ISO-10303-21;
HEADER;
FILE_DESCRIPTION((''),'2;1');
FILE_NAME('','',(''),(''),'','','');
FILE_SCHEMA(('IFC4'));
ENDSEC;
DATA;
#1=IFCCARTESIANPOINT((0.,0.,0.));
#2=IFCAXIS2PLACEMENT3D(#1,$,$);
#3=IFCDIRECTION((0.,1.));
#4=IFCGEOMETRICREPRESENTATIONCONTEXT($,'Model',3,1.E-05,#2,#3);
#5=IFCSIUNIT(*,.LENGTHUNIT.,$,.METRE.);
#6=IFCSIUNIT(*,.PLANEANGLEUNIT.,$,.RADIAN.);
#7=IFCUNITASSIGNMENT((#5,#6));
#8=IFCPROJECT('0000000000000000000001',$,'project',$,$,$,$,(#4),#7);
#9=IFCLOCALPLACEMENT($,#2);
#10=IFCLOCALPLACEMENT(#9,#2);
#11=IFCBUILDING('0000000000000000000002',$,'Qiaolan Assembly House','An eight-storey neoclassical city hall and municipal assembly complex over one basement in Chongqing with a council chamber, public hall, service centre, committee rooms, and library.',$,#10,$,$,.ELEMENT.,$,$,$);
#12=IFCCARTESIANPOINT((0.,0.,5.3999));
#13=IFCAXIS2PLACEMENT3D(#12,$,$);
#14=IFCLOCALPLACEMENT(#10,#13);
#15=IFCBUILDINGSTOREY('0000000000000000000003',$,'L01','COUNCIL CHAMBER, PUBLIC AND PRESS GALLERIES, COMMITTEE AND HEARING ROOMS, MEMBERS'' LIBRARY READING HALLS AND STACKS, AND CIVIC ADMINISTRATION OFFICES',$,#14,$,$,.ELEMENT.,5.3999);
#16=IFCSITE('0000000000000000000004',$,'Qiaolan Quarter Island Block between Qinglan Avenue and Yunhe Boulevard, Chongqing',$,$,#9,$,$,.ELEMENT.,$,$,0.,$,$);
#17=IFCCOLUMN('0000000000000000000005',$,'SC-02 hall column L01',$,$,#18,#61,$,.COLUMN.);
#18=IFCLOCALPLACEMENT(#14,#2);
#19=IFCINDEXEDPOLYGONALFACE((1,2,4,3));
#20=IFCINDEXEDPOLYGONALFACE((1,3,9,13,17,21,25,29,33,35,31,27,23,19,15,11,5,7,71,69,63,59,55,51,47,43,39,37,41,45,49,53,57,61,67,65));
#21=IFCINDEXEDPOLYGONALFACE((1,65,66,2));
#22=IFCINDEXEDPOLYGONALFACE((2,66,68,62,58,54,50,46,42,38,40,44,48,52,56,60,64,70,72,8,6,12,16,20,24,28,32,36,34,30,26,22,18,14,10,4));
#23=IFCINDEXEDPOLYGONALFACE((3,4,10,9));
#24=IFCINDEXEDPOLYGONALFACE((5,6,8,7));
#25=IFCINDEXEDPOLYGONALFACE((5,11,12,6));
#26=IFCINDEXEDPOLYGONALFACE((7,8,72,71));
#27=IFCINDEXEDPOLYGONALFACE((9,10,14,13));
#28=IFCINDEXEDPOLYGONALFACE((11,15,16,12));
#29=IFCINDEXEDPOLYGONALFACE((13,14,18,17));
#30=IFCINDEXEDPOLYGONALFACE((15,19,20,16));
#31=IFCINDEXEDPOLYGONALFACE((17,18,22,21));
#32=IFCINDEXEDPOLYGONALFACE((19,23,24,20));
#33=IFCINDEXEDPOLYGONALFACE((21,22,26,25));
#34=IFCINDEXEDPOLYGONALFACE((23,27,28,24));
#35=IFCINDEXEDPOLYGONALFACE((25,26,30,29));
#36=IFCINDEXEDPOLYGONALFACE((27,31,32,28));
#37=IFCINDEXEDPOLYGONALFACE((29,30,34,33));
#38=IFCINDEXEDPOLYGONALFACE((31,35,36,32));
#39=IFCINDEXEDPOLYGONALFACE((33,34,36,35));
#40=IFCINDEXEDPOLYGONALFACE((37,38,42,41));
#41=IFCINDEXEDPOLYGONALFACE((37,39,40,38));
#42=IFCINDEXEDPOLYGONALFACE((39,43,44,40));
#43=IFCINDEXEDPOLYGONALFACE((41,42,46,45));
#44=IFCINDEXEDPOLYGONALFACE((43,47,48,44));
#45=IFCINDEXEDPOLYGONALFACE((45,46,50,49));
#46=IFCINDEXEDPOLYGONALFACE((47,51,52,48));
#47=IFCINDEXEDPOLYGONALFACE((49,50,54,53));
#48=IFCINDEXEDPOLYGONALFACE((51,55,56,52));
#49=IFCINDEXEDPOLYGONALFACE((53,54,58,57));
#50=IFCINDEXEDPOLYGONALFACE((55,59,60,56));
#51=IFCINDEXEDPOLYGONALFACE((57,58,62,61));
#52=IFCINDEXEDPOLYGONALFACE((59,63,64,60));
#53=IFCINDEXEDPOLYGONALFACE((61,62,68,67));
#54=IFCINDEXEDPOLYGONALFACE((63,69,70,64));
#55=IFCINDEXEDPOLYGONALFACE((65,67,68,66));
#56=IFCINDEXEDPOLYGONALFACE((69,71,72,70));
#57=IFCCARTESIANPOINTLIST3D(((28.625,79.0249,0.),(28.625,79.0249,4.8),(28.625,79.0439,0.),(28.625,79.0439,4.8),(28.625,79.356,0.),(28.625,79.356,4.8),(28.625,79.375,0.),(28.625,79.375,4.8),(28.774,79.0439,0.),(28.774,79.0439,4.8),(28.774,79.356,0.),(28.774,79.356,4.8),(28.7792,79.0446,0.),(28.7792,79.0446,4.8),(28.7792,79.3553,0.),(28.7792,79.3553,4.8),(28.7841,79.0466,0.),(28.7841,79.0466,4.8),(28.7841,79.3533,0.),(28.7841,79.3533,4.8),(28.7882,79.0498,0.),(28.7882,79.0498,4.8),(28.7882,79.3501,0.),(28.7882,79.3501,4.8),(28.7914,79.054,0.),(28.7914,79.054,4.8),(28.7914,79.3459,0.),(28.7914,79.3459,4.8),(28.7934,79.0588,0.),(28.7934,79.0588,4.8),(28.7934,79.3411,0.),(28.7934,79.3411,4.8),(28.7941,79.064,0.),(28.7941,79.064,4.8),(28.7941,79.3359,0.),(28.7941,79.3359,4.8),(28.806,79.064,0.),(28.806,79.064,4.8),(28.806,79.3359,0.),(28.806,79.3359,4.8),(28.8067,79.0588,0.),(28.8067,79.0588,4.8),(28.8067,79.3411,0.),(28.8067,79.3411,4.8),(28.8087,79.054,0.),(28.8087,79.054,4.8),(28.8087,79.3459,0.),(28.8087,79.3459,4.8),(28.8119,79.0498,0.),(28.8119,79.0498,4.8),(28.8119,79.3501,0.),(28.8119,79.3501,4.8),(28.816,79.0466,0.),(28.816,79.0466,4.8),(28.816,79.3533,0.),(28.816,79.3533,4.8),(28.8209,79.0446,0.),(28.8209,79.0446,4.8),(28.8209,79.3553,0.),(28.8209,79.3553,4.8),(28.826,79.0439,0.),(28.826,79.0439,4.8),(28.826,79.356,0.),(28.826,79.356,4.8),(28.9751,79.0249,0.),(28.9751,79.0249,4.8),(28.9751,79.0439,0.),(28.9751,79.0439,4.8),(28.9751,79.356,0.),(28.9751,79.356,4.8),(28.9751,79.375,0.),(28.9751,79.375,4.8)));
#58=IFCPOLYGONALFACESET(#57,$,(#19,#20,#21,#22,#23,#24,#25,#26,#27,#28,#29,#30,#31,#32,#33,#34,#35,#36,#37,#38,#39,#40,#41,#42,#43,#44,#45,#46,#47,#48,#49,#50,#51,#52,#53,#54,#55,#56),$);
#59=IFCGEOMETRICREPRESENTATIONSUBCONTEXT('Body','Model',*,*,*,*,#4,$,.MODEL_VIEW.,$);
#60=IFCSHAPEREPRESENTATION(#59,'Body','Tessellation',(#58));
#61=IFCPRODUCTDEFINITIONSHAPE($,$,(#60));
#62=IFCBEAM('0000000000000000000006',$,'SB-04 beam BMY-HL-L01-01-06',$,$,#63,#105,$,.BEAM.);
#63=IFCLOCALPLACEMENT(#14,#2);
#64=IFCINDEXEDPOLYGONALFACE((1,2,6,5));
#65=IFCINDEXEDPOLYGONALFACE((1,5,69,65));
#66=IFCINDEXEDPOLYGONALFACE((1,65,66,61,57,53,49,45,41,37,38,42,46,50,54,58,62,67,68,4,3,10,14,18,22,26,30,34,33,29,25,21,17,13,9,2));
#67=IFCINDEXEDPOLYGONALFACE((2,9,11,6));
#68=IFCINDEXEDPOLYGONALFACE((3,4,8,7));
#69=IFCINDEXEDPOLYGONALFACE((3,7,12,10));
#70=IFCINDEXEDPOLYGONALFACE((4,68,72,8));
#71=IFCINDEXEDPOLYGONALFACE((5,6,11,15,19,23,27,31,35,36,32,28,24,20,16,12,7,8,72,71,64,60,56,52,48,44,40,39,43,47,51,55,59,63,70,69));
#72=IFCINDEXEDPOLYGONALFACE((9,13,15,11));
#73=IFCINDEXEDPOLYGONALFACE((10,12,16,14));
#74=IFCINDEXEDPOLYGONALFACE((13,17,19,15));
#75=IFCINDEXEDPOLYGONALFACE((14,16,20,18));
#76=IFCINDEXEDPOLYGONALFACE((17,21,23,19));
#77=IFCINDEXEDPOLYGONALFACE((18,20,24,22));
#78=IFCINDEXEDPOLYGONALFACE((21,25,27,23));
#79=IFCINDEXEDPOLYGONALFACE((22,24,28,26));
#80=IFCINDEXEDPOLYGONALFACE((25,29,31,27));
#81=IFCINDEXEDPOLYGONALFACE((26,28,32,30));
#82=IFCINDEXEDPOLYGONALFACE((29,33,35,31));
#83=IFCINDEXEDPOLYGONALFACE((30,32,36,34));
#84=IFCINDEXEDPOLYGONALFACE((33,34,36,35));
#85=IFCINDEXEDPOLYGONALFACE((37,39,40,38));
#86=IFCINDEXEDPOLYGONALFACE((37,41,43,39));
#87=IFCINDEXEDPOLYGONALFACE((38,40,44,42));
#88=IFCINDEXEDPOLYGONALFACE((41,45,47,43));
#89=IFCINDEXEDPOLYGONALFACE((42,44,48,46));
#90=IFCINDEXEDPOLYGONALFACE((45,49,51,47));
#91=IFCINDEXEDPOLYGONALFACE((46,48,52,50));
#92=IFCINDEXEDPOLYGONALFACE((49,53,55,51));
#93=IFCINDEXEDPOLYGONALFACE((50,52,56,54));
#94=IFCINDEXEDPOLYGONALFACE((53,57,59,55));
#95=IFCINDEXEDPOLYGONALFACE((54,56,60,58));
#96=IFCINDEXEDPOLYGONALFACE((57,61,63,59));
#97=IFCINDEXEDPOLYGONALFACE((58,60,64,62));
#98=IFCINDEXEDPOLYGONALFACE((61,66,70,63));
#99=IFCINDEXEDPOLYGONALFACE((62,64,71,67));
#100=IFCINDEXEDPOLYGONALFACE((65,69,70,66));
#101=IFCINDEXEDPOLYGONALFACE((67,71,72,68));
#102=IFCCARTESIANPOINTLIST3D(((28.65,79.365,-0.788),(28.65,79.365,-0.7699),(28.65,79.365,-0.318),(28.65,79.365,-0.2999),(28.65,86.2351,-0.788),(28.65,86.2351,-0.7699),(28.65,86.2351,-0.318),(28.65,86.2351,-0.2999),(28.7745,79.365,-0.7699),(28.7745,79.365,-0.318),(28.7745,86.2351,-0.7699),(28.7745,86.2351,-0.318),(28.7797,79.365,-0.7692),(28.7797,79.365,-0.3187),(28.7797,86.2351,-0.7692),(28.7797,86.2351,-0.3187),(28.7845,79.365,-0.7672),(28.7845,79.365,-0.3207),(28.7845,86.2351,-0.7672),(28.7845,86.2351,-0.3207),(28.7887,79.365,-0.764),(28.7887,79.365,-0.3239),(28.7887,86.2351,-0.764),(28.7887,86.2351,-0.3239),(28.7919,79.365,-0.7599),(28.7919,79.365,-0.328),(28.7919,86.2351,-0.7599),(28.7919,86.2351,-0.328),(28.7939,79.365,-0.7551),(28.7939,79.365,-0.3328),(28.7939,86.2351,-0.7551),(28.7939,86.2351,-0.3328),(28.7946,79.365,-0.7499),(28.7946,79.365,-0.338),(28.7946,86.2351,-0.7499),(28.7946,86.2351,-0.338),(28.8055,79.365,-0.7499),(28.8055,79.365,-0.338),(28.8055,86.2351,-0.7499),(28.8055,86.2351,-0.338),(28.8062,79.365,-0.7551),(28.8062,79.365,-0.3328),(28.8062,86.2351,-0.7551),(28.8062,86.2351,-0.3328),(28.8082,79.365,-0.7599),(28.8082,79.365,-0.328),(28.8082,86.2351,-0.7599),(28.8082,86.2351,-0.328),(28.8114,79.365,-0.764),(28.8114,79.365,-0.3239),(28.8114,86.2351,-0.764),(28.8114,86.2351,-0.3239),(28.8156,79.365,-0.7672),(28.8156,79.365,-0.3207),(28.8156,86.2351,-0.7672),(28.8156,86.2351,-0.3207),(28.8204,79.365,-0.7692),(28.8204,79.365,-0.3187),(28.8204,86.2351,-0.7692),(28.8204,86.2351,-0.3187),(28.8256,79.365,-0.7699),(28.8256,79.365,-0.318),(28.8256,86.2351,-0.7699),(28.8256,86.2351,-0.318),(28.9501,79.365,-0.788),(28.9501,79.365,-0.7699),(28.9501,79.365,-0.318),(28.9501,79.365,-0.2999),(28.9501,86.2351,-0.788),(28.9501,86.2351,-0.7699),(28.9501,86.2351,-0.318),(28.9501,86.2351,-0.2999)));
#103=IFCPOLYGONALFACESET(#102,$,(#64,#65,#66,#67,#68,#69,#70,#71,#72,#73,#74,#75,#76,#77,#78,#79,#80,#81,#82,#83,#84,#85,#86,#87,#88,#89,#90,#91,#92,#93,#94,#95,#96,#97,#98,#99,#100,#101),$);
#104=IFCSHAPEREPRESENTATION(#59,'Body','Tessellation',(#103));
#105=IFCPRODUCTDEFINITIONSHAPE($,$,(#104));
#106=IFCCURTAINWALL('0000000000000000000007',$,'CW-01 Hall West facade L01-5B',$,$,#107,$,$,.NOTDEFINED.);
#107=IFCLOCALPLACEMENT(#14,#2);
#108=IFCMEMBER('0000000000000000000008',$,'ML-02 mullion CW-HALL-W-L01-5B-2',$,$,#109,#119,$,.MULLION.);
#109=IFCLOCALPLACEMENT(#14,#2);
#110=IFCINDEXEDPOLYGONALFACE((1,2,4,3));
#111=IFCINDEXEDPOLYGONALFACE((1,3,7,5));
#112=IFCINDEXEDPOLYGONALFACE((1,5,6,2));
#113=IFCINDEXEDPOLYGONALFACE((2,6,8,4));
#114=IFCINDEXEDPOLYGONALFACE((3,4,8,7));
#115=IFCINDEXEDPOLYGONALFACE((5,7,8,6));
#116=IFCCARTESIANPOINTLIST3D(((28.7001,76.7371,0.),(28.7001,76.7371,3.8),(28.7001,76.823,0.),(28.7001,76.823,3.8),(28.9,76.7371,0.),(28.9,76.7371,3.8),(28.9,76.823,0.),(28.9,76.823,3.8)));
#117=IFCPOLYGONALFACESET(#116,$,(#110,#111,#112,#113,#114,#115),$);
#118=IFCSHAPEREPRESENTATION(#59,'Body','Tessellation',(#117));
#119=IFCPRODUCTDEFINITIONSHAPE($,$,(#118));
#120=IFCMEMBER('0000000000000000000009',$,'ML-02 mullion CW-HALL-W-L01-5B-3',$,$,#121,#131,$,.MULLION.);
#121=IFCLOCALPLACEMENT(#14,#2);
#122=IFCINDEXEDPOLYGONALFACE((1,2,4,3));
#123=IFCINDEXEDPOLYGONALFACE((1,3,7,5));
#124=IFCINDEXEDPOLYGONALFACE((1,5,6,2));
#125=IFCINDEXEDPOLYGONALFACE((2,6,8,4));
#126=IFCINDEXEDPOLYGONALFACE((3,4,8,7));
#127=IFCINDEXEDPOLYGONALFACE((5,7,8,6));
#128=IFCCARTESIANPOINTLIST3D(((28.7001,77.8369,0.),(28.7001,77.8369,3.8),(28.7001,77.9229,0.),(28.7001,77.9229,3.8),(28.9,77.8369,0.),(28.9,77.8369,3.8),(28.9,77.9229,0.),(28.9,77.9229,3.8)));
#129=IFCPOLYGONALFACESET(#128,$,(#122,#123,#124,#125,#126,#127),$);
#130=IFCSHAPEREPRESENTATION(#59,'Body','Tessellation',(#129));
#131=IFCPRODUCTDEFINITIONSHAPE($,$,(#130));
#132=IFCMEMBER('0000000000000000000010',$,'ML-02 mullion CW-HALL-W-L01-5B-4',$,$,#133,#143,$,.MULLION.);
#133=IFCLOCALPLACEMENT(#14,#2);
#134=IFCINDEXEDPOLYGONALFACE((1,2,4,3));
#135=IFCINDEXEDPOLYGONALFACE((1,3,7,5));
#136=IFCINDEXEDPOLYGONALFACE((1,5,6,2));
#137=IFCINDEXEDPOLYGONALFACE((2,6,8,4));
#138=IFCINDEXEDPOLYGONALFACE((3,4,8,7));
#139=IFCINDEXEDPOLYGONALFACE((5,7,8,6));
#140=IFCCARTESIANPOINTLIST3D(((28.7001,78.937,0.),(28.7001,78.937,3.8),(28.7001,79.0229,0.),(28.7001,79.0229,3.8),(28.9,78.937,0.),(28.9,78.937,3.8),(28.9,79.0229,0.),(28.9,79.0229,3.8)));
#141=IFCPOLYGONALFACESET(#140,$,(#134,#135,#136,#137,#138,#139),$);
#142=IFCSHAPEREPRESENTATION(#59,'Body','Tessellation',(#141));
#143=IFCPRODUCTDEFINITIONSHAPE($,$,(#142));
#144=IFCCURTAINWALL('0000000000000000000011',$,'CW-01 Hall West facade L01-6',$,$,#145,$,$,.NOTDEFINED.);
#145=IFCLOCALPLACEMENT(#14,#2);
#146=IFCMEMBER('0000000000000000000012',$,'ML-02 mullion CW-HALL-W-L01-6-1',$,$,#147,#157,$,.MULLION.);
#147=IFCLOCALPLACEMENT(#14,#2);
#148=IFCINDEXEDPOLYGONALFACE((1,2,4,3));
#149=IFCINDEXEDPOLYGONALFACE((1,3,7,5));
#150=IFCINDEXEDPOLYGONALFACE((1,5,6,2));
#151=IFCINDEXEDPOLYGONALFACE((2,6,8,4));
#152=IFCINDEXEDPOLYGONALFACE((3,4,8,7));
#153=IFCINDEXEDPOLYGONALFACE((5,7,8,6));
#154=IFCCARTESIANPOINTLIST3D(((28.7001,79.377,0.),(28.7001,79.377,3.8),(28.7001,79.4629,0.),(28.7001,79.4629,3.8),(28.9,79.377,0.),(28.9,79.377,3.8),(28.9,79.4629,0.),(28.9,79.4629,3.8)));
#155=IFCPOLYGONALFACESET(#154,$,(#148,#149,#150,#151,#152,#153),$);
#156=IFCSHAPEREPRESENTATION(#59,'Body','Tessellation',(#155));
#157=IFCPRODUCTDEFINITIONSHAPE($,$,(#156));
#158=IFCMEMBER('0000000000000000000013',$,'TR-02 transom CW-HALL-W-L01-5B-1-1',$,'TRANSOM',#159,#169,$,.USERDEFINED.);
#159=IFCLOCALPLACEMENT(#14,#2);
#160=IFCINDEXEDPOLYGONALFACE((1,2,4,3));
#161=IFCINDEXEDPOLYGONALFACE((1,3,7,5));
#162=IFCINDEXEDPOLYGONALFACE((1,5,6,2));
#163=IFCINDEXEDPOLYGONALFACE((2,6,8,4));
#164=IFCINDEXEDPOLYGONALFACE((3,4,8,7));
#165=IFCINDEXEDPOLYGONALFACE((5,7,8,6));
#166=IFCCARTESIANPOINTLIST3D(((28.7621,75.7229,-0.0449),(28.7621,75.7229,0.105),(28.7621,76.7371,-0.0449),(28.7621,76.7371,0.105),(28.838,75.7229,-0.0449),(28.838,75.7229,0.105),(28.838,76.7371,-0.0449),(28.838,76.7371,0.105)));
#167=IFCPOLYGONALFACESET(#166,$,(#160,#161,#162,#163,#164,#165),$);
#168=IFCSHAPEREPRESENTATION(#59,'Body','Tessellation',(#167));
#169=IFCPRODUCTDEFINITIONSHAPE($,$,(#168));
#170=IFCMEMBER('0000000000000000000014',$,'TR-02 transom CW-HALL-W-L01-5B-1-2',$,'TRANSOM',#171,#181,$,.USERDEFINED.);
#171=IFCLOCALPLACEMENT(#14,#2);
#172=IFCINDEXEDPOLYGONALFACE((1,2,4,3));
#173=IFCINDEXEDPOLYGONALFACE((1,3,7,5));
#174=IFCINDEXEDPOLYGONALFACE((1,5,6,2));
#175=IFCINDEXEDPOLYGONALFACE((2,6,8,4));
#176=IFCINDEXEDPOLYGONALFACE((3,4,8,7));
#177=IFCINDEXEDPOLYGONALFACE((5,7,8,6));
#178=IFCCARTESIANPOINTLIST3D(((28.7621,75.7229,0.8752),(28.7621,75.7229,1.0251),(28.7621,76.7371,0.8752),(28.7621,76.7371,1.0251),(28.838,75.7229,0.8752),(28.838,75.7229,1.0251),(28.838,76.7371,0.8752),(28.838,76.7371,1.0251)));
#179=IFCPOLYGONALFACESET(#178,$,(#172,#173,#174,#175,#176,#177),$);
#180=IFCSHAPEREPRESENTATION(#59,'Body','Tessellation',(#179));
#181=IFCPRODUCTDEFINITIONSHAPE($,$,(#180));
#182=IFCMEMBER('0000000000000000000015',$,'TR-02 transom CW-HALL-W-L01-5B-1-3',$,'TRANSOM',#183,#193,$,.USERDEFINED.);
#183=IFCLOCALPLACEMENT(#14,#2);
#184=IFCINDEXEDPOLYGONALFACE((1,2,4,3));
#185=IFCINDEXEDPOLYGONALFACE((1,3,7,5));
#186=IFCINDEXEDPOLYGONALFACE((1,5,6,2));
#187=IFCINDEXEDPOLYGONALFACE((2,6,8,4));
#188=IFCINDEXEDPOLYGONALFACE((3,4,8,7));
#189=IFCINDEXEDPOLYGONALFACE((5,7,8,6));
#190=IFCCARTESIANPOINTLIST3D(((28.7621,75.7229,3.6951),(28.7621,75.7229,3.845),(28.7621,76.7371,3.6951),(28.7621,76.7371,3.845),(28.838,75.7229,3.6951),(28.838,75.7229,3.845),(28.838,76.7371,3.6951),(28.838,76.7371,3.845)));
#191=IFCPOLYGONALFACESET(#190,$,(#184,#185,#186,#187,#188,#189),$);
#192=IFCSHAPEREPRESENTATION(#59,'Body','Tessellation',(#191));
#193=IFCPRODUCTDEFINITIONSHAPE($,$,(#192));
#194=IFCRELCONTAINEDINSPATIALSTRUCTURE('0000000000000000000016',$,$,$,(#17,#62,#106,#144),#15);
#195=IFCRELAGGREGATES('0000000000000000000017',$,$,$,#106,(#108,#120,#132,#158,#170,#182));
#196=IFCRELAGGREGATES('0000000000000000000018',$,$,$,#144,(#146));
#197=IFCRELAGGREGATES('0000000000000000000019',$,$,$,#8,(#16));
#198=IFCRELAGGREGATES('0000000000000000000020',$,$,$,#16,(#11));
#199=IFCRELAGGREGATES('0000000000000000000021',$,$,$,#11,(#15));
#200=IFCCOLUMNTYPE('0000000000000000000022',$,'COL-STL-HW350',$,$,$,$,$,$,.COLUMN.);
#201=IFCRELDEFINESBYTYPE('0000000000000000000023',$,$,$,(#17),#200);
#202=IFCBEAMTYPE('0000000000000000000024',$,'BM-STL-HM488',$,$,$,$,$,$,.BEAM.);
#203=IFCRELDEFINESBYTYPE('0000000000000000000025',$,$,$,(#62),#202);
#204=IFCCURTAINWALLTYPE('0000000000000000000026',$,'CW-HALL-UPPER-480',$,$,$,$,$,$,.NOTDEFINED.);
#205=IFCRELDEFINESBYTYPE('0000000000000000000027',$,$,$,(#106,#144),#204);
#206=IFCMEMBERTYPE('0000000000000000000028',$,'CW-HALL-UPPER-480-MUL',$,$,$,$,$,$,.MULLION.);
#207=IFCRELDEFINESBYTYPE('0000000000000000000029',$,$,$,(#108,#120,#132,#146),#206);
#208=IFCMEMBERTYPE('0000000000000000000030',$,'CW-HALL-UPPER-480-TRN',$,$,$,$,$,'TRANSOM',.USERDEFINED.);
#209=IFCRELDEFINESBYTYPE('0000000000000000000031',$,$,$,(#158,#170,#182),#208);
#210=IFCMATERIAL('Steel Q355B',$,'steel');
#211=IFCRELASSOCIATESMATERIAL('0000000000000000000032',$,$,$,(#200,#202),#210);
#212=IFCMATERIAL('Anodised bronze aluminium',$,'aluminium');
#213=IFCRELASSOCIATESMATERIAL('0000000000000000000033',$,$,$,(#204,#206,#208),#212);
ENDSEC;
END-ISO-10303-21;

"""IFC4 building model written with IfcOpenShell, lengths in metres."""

from ifc_helpers import new_model, si_unit, direction, frame, origin, origin_2d, place, context, subcontext, project, spatial, rectangle, i_section, extrude, material, material_profile, profile_set, type_object, element, aggregate, save


model = new_model("IFC4")

# Units and contexts
model_context = context("Model", 3, precision=1e-05, world=origin(), true_north=direction((0.0, 1.0)))
body_context = subcontext(model_context, "Body", "Model", "MODEL_VIEW")
ifc_project = project(units=[si_unit("LENGTHUNIT", "METRE"), si_unit("PLANEANGLEUNIT", "RADIAN")], contexts=[model_context])

# Site, building, storey
site_placement = place(None, origin())
site = spatial("IfcSite", under=ifc_project, at=site_placement, Name="Qiaolan Quarter Island Block between Qinglan Avenue and Yunhe Boulevard, Chongqing", CompositionType="ELEMENT", RefElevation=0.0)
building_placement = place(site_placement, origin())
building = spatial("IfcBuilding", under=site, at=building_placement, Name="Qiaolan Assembly House", Description="An eight-storey neoclassical city hall and municipal assembly complex over one basement in Chongqing with a council chamber, public hall, service centre, committee rooms, and library.", CompositionType="ELEMENT")
storey_placement = place(building_placement, frame((0.0, 0.0, 5.3999)))
storey = spatial("IfcBuildingStorey", under=building, at=storey_placement, Name="L01", Description="COUNCIL CHAMBER, PUBLIC AND PRESS GALLERIES, COMMITTEE AND HEARING ROOMS, MEMBERS' LIBRARY READING HALLS AND STACKS, AND CIVIC ADMINISTRATION OFFICES", CompositionType="ELEMENT", Elevation=5.3999)

# Column
ifc_material_1 = material(Name="Steel Q355B", Category="steel")
ifc_material_profile_1 = material_profile(ifc_material_1, i_section(OverallWidth=0.3501, OverallDepth=0.3501, WebThickness=0.012, FlangeThickness=0.019, FilletRadius=0.02, at=origin_2d()), Name="HW 350x350x12x19")
ifc_profile_set_1 = profile_set([ifc_material_profile_1], Name="Steel Q355B")
column_type = type_object("IfcColumnType", Name="COL-STL-HW350", PredefinedType="COLUMN", material=ifc_profile_set_1)
column_placement = place(storey_placement, frame((28.8, 79.2, 0.0), z_axis=(0.0, 0.0, 1.0), x_axis=(1.0, 0.0, 0.0)))
element("IfcColumn", 1, at=column_placement, inside=storey, type_object=column_type, Name="SC-02 hall column L01", PredefinedType="COLUMN", context=body_context, shape_type="SweptSolid", body=[
    extrude(i_section(OverallWidth=0.3501, OverallDepth=0.3501, WebThickness=0.012, FlangeThickness=0.019, FilletRadius=0.02, at=origin_2d()), origin(), (0.0, 0.0, 1.0), 4.8),
])

# Beam
ifc_material_profile_2 = material_profile(ifc_material_1, i_section(OverallWidth=0.3, OverallDepth=0.488, WebThickness=0.011, FlangeThickness=0.0181, FilletRadius=0.02, at=origin_2d()), Name="HM 488x300x11x18")
ifc_profile_set_2 = profile_set([ifc_material_profile_2], Name="Steel Q355B")
beam_type = type_object("IfcBeamType", Name="BM-STL-HM488", PredefinedType="BEAM", material=ifc_profile_set_2)
beam_placement = place(storey_placement, frame((28.8, 79.365, -0.5439), z_axis=(0.0, 1.0, 0.0), x_axis=(-1.0, 0.0, 0.0)))
element("IfcBeam", 2, at=beam_placement, inside=storey, type_object=beam_type, Name="SB-04 beam BMY-HL-L01-01-06", PredefinedType="BEAM", context=body_context, shape_type="SweptSolid", body=[
    extrude(i_section(OverallWidth=0.3, OverallDepth=0.488, WebThickness=0.011, FlangeThickness=0.0181, FilletRadius=0.02, at=origin_2d()), origin(), (0.0, 0.0, 1.0), 6.8701),
])

# Curtain wall, members
ifc_material_2 = material(Name="Anodised bronze aluminium", Category="aluminium")
curtain_wall_type = type_object("IfcCurtainWallType", Name="CW-HALL-UPPER-480", PredefinedType="NOTDEFINED", material=ifc_material_2)
curtain_wall_1_placement = place(storey_placement, origin())
curtain_wall_1 = element("IfcCurtainWall", 3, at=curtain_wall_1_placement, inside=storey, type_object=curtain_wall_type, Name="CW-01 Hall West facade L01-5B", PredefinedType="NOTDEFINED")
ifc_material_profile_3 = material_profile(ifc_material_2, rectangle(XDim=0.0859, YDim=0.2, at=origin_2d()), Name="MUL 86x200")
ifc_profile_set_3 = profile_set([ifc_material_profile_3], Name="Anodised bronze aluminium")
member_type_1 = type_object("IfcMemberType", Name="CW-HALL-UPPER-480-MUL", PredefinedType="MULLION", material=ifc_profile_set_3)
member_1_placement = place(storey_placement, frame((28.8, 76.78, 0.0), z_axis=(0.0, 0.0, 1.0), x_axis=(0.0, 1.0, 0.0)))
member_1 = element("IfcMember", 4, at=member_1_placement, type_object=member_type_1, Name="ML-02 mullion CW-HALL-W-L01-5B-2", PredefinedType="MULLION", context=body_context, shape_type="SweptSolid", body=[
    extrude(rectangle(XDim=0.0859, YDim=0.2, at=origin_2d()), origin(), (0.0, 0.0, 1.0), 3.8),
])
member_2_placement = place(storey_placement, frame((28.8, 77.8799, 0.0), z_axis=(0.0, 0.0, 1.0), x_axis=(0.0, 1.0, 0.0)))
member_2 = element("IfcMember", 5, at=member_2_placement, type_object=member_type_1, Name="ML-02 mullion CW-HALL-W-L01-5B-3", PredefinedType="MULLION", context=body_context, shape_type="SweptSolid", body=[
    extrude(rectangle(XDim=0.0859, YDim=0.2, at=origin_2d()), origin(), (0.0, 0.0, 1.0), 3.8),
])
member_3_placement = place(storey_placement, frame((28.8, 78.98, 0.0), z_axis=(0.0, 0.0, 1.0), x_axis=(0.0, 1.0, 0.0)))
member_3 = element("IfcMember", 6, at=member_3_placement, type_object=member_type_1, Name="ML-02 mullion CW-HALL-W-L01-5B-4", PredefinedType="MULLION", context=body_context, shape_type="SweptSolid", body=[
    extrude(rectangle(XDim=0.0859, YDim=0.2, at=origin_2d()), origin(), (0.0, 0.0, 1.0), 3.8),
])

# Curtain wall, member
curtain_wall_2_placement = place(storey_placement, origin())
curtain_wall_2 = element("IfcCurtainWall", 7, at=curtain_wall_2_placement, inside=storey, type_object=curtain_wall_type, Name="CW-01 Hall West facade L01-6", PredefinedType="NOTDEFINED")
member_4_placement = place(storey_placement, frame((28.8, 79.4199, 0.0), z_axis=(0.0, 0.0, 1.0), x_axis=(0.0, 1.0, 0.0)))
member_4 = element("IfcMember", 8, at=member_4_placement, type_object=member_type_1, Name="ML-02 mullion CW-HALL-W-L01-6-1", PredefinedType="MULLION", context=body_context, shape_type="SweptSolid", body=[
    extrude(rectangle(XDim=0.0859, YDim=0.2, at=origin_2d()), origin(), (0.0, 0.0, 1.0), 3.8),
])

# Members
ifc_material_profile_4 = material_profile(ifc_material_2, rectangle(XDim=0.0759, YDim=0.1499, at=origin_2d()), Name="TRN 76x150")
ifc_profile_set_4 = profile_set([ifc_material_profile_4], Name="Anodised bronze aluminium")
member_type_2 = type_object("IfcMemberType", Name="CW-HALL-UPPER-480-TRN", ElementType="TRANSOM", PredefinedType="USERDEFINED", material=ifc_profile_set_4)
member_5_placement = place(storey_placement, frame((28.8, 75.7229, 0.03), z_axis=(0.0, 1.0, 0.0), x_axis=(-1.0, 0.0, 0.0)))
member_5 = element("IfcMember", 9, at=member_5_placement, type_object=member_type_2, Name="TR-02 transom CW-HALL-W-L01-5B-1-1", ObjectType="TRANSOM", PredefinedType="USERDEFINED", context=body_context, shape_type="SweptSolid", body=[
    extrude(rectangle(XDim=0.0759, YDim=0.1499, at=origin_2d()), origin(), (0.0, 0.0, 1.0), 1.0142),
])
member_6_placement = place(storey_placement, frame((28.8, 75.7229, 0.9502), z_axis=(0.0, 1.0, 0.0), x_axis=(-1.0, 0.0, 0.0)))
member_6 = element("IfcMember", 10, at=member_6_placement, type_object=member_type_2, Name="TR-02 transom CW-HALL-W-L01-5B-1-2", ObjectType="TRANSOM", PredefinedType="USERDEFINED", context=body_context, shape_type="SweptSolid", body=[
    extrude(rectangle(XDim=0.0759, YDim=0.1499, at=origin_2d()), origin(), (0.0, 0.0, 1.0), 1.0142),
])
member_7_placement = place(storey_placement, frame((28.8, 75.7229, 3.77), z_axis=(0.0, 1.0, 0.0), x_axis=(-1.0, 0.0, 0.0)))
member_7 = element("IfcMember", 11, at=member_7_placement, type_object=member_type_2, Name="TR-02 transom CW-HALL-W-L01-5B-1-3", ObjectType="TRANSOM", PredefinedType="USERDEFINED", context=body_context, shape_type="SweptSolid", body=[
    extrude(rectangle(XDim=0.0759, YDim=0.1499, at=origin_2d()), origin(), (0.0, 0.0, 1.0), 1.0142),
])

aggregate(curtain_wall_1, [member_1, member_2, member_3, member_5, member_6, member_7])
aggregate(curtain_wall_2, [member_4])

save(model, "model.ifc")
